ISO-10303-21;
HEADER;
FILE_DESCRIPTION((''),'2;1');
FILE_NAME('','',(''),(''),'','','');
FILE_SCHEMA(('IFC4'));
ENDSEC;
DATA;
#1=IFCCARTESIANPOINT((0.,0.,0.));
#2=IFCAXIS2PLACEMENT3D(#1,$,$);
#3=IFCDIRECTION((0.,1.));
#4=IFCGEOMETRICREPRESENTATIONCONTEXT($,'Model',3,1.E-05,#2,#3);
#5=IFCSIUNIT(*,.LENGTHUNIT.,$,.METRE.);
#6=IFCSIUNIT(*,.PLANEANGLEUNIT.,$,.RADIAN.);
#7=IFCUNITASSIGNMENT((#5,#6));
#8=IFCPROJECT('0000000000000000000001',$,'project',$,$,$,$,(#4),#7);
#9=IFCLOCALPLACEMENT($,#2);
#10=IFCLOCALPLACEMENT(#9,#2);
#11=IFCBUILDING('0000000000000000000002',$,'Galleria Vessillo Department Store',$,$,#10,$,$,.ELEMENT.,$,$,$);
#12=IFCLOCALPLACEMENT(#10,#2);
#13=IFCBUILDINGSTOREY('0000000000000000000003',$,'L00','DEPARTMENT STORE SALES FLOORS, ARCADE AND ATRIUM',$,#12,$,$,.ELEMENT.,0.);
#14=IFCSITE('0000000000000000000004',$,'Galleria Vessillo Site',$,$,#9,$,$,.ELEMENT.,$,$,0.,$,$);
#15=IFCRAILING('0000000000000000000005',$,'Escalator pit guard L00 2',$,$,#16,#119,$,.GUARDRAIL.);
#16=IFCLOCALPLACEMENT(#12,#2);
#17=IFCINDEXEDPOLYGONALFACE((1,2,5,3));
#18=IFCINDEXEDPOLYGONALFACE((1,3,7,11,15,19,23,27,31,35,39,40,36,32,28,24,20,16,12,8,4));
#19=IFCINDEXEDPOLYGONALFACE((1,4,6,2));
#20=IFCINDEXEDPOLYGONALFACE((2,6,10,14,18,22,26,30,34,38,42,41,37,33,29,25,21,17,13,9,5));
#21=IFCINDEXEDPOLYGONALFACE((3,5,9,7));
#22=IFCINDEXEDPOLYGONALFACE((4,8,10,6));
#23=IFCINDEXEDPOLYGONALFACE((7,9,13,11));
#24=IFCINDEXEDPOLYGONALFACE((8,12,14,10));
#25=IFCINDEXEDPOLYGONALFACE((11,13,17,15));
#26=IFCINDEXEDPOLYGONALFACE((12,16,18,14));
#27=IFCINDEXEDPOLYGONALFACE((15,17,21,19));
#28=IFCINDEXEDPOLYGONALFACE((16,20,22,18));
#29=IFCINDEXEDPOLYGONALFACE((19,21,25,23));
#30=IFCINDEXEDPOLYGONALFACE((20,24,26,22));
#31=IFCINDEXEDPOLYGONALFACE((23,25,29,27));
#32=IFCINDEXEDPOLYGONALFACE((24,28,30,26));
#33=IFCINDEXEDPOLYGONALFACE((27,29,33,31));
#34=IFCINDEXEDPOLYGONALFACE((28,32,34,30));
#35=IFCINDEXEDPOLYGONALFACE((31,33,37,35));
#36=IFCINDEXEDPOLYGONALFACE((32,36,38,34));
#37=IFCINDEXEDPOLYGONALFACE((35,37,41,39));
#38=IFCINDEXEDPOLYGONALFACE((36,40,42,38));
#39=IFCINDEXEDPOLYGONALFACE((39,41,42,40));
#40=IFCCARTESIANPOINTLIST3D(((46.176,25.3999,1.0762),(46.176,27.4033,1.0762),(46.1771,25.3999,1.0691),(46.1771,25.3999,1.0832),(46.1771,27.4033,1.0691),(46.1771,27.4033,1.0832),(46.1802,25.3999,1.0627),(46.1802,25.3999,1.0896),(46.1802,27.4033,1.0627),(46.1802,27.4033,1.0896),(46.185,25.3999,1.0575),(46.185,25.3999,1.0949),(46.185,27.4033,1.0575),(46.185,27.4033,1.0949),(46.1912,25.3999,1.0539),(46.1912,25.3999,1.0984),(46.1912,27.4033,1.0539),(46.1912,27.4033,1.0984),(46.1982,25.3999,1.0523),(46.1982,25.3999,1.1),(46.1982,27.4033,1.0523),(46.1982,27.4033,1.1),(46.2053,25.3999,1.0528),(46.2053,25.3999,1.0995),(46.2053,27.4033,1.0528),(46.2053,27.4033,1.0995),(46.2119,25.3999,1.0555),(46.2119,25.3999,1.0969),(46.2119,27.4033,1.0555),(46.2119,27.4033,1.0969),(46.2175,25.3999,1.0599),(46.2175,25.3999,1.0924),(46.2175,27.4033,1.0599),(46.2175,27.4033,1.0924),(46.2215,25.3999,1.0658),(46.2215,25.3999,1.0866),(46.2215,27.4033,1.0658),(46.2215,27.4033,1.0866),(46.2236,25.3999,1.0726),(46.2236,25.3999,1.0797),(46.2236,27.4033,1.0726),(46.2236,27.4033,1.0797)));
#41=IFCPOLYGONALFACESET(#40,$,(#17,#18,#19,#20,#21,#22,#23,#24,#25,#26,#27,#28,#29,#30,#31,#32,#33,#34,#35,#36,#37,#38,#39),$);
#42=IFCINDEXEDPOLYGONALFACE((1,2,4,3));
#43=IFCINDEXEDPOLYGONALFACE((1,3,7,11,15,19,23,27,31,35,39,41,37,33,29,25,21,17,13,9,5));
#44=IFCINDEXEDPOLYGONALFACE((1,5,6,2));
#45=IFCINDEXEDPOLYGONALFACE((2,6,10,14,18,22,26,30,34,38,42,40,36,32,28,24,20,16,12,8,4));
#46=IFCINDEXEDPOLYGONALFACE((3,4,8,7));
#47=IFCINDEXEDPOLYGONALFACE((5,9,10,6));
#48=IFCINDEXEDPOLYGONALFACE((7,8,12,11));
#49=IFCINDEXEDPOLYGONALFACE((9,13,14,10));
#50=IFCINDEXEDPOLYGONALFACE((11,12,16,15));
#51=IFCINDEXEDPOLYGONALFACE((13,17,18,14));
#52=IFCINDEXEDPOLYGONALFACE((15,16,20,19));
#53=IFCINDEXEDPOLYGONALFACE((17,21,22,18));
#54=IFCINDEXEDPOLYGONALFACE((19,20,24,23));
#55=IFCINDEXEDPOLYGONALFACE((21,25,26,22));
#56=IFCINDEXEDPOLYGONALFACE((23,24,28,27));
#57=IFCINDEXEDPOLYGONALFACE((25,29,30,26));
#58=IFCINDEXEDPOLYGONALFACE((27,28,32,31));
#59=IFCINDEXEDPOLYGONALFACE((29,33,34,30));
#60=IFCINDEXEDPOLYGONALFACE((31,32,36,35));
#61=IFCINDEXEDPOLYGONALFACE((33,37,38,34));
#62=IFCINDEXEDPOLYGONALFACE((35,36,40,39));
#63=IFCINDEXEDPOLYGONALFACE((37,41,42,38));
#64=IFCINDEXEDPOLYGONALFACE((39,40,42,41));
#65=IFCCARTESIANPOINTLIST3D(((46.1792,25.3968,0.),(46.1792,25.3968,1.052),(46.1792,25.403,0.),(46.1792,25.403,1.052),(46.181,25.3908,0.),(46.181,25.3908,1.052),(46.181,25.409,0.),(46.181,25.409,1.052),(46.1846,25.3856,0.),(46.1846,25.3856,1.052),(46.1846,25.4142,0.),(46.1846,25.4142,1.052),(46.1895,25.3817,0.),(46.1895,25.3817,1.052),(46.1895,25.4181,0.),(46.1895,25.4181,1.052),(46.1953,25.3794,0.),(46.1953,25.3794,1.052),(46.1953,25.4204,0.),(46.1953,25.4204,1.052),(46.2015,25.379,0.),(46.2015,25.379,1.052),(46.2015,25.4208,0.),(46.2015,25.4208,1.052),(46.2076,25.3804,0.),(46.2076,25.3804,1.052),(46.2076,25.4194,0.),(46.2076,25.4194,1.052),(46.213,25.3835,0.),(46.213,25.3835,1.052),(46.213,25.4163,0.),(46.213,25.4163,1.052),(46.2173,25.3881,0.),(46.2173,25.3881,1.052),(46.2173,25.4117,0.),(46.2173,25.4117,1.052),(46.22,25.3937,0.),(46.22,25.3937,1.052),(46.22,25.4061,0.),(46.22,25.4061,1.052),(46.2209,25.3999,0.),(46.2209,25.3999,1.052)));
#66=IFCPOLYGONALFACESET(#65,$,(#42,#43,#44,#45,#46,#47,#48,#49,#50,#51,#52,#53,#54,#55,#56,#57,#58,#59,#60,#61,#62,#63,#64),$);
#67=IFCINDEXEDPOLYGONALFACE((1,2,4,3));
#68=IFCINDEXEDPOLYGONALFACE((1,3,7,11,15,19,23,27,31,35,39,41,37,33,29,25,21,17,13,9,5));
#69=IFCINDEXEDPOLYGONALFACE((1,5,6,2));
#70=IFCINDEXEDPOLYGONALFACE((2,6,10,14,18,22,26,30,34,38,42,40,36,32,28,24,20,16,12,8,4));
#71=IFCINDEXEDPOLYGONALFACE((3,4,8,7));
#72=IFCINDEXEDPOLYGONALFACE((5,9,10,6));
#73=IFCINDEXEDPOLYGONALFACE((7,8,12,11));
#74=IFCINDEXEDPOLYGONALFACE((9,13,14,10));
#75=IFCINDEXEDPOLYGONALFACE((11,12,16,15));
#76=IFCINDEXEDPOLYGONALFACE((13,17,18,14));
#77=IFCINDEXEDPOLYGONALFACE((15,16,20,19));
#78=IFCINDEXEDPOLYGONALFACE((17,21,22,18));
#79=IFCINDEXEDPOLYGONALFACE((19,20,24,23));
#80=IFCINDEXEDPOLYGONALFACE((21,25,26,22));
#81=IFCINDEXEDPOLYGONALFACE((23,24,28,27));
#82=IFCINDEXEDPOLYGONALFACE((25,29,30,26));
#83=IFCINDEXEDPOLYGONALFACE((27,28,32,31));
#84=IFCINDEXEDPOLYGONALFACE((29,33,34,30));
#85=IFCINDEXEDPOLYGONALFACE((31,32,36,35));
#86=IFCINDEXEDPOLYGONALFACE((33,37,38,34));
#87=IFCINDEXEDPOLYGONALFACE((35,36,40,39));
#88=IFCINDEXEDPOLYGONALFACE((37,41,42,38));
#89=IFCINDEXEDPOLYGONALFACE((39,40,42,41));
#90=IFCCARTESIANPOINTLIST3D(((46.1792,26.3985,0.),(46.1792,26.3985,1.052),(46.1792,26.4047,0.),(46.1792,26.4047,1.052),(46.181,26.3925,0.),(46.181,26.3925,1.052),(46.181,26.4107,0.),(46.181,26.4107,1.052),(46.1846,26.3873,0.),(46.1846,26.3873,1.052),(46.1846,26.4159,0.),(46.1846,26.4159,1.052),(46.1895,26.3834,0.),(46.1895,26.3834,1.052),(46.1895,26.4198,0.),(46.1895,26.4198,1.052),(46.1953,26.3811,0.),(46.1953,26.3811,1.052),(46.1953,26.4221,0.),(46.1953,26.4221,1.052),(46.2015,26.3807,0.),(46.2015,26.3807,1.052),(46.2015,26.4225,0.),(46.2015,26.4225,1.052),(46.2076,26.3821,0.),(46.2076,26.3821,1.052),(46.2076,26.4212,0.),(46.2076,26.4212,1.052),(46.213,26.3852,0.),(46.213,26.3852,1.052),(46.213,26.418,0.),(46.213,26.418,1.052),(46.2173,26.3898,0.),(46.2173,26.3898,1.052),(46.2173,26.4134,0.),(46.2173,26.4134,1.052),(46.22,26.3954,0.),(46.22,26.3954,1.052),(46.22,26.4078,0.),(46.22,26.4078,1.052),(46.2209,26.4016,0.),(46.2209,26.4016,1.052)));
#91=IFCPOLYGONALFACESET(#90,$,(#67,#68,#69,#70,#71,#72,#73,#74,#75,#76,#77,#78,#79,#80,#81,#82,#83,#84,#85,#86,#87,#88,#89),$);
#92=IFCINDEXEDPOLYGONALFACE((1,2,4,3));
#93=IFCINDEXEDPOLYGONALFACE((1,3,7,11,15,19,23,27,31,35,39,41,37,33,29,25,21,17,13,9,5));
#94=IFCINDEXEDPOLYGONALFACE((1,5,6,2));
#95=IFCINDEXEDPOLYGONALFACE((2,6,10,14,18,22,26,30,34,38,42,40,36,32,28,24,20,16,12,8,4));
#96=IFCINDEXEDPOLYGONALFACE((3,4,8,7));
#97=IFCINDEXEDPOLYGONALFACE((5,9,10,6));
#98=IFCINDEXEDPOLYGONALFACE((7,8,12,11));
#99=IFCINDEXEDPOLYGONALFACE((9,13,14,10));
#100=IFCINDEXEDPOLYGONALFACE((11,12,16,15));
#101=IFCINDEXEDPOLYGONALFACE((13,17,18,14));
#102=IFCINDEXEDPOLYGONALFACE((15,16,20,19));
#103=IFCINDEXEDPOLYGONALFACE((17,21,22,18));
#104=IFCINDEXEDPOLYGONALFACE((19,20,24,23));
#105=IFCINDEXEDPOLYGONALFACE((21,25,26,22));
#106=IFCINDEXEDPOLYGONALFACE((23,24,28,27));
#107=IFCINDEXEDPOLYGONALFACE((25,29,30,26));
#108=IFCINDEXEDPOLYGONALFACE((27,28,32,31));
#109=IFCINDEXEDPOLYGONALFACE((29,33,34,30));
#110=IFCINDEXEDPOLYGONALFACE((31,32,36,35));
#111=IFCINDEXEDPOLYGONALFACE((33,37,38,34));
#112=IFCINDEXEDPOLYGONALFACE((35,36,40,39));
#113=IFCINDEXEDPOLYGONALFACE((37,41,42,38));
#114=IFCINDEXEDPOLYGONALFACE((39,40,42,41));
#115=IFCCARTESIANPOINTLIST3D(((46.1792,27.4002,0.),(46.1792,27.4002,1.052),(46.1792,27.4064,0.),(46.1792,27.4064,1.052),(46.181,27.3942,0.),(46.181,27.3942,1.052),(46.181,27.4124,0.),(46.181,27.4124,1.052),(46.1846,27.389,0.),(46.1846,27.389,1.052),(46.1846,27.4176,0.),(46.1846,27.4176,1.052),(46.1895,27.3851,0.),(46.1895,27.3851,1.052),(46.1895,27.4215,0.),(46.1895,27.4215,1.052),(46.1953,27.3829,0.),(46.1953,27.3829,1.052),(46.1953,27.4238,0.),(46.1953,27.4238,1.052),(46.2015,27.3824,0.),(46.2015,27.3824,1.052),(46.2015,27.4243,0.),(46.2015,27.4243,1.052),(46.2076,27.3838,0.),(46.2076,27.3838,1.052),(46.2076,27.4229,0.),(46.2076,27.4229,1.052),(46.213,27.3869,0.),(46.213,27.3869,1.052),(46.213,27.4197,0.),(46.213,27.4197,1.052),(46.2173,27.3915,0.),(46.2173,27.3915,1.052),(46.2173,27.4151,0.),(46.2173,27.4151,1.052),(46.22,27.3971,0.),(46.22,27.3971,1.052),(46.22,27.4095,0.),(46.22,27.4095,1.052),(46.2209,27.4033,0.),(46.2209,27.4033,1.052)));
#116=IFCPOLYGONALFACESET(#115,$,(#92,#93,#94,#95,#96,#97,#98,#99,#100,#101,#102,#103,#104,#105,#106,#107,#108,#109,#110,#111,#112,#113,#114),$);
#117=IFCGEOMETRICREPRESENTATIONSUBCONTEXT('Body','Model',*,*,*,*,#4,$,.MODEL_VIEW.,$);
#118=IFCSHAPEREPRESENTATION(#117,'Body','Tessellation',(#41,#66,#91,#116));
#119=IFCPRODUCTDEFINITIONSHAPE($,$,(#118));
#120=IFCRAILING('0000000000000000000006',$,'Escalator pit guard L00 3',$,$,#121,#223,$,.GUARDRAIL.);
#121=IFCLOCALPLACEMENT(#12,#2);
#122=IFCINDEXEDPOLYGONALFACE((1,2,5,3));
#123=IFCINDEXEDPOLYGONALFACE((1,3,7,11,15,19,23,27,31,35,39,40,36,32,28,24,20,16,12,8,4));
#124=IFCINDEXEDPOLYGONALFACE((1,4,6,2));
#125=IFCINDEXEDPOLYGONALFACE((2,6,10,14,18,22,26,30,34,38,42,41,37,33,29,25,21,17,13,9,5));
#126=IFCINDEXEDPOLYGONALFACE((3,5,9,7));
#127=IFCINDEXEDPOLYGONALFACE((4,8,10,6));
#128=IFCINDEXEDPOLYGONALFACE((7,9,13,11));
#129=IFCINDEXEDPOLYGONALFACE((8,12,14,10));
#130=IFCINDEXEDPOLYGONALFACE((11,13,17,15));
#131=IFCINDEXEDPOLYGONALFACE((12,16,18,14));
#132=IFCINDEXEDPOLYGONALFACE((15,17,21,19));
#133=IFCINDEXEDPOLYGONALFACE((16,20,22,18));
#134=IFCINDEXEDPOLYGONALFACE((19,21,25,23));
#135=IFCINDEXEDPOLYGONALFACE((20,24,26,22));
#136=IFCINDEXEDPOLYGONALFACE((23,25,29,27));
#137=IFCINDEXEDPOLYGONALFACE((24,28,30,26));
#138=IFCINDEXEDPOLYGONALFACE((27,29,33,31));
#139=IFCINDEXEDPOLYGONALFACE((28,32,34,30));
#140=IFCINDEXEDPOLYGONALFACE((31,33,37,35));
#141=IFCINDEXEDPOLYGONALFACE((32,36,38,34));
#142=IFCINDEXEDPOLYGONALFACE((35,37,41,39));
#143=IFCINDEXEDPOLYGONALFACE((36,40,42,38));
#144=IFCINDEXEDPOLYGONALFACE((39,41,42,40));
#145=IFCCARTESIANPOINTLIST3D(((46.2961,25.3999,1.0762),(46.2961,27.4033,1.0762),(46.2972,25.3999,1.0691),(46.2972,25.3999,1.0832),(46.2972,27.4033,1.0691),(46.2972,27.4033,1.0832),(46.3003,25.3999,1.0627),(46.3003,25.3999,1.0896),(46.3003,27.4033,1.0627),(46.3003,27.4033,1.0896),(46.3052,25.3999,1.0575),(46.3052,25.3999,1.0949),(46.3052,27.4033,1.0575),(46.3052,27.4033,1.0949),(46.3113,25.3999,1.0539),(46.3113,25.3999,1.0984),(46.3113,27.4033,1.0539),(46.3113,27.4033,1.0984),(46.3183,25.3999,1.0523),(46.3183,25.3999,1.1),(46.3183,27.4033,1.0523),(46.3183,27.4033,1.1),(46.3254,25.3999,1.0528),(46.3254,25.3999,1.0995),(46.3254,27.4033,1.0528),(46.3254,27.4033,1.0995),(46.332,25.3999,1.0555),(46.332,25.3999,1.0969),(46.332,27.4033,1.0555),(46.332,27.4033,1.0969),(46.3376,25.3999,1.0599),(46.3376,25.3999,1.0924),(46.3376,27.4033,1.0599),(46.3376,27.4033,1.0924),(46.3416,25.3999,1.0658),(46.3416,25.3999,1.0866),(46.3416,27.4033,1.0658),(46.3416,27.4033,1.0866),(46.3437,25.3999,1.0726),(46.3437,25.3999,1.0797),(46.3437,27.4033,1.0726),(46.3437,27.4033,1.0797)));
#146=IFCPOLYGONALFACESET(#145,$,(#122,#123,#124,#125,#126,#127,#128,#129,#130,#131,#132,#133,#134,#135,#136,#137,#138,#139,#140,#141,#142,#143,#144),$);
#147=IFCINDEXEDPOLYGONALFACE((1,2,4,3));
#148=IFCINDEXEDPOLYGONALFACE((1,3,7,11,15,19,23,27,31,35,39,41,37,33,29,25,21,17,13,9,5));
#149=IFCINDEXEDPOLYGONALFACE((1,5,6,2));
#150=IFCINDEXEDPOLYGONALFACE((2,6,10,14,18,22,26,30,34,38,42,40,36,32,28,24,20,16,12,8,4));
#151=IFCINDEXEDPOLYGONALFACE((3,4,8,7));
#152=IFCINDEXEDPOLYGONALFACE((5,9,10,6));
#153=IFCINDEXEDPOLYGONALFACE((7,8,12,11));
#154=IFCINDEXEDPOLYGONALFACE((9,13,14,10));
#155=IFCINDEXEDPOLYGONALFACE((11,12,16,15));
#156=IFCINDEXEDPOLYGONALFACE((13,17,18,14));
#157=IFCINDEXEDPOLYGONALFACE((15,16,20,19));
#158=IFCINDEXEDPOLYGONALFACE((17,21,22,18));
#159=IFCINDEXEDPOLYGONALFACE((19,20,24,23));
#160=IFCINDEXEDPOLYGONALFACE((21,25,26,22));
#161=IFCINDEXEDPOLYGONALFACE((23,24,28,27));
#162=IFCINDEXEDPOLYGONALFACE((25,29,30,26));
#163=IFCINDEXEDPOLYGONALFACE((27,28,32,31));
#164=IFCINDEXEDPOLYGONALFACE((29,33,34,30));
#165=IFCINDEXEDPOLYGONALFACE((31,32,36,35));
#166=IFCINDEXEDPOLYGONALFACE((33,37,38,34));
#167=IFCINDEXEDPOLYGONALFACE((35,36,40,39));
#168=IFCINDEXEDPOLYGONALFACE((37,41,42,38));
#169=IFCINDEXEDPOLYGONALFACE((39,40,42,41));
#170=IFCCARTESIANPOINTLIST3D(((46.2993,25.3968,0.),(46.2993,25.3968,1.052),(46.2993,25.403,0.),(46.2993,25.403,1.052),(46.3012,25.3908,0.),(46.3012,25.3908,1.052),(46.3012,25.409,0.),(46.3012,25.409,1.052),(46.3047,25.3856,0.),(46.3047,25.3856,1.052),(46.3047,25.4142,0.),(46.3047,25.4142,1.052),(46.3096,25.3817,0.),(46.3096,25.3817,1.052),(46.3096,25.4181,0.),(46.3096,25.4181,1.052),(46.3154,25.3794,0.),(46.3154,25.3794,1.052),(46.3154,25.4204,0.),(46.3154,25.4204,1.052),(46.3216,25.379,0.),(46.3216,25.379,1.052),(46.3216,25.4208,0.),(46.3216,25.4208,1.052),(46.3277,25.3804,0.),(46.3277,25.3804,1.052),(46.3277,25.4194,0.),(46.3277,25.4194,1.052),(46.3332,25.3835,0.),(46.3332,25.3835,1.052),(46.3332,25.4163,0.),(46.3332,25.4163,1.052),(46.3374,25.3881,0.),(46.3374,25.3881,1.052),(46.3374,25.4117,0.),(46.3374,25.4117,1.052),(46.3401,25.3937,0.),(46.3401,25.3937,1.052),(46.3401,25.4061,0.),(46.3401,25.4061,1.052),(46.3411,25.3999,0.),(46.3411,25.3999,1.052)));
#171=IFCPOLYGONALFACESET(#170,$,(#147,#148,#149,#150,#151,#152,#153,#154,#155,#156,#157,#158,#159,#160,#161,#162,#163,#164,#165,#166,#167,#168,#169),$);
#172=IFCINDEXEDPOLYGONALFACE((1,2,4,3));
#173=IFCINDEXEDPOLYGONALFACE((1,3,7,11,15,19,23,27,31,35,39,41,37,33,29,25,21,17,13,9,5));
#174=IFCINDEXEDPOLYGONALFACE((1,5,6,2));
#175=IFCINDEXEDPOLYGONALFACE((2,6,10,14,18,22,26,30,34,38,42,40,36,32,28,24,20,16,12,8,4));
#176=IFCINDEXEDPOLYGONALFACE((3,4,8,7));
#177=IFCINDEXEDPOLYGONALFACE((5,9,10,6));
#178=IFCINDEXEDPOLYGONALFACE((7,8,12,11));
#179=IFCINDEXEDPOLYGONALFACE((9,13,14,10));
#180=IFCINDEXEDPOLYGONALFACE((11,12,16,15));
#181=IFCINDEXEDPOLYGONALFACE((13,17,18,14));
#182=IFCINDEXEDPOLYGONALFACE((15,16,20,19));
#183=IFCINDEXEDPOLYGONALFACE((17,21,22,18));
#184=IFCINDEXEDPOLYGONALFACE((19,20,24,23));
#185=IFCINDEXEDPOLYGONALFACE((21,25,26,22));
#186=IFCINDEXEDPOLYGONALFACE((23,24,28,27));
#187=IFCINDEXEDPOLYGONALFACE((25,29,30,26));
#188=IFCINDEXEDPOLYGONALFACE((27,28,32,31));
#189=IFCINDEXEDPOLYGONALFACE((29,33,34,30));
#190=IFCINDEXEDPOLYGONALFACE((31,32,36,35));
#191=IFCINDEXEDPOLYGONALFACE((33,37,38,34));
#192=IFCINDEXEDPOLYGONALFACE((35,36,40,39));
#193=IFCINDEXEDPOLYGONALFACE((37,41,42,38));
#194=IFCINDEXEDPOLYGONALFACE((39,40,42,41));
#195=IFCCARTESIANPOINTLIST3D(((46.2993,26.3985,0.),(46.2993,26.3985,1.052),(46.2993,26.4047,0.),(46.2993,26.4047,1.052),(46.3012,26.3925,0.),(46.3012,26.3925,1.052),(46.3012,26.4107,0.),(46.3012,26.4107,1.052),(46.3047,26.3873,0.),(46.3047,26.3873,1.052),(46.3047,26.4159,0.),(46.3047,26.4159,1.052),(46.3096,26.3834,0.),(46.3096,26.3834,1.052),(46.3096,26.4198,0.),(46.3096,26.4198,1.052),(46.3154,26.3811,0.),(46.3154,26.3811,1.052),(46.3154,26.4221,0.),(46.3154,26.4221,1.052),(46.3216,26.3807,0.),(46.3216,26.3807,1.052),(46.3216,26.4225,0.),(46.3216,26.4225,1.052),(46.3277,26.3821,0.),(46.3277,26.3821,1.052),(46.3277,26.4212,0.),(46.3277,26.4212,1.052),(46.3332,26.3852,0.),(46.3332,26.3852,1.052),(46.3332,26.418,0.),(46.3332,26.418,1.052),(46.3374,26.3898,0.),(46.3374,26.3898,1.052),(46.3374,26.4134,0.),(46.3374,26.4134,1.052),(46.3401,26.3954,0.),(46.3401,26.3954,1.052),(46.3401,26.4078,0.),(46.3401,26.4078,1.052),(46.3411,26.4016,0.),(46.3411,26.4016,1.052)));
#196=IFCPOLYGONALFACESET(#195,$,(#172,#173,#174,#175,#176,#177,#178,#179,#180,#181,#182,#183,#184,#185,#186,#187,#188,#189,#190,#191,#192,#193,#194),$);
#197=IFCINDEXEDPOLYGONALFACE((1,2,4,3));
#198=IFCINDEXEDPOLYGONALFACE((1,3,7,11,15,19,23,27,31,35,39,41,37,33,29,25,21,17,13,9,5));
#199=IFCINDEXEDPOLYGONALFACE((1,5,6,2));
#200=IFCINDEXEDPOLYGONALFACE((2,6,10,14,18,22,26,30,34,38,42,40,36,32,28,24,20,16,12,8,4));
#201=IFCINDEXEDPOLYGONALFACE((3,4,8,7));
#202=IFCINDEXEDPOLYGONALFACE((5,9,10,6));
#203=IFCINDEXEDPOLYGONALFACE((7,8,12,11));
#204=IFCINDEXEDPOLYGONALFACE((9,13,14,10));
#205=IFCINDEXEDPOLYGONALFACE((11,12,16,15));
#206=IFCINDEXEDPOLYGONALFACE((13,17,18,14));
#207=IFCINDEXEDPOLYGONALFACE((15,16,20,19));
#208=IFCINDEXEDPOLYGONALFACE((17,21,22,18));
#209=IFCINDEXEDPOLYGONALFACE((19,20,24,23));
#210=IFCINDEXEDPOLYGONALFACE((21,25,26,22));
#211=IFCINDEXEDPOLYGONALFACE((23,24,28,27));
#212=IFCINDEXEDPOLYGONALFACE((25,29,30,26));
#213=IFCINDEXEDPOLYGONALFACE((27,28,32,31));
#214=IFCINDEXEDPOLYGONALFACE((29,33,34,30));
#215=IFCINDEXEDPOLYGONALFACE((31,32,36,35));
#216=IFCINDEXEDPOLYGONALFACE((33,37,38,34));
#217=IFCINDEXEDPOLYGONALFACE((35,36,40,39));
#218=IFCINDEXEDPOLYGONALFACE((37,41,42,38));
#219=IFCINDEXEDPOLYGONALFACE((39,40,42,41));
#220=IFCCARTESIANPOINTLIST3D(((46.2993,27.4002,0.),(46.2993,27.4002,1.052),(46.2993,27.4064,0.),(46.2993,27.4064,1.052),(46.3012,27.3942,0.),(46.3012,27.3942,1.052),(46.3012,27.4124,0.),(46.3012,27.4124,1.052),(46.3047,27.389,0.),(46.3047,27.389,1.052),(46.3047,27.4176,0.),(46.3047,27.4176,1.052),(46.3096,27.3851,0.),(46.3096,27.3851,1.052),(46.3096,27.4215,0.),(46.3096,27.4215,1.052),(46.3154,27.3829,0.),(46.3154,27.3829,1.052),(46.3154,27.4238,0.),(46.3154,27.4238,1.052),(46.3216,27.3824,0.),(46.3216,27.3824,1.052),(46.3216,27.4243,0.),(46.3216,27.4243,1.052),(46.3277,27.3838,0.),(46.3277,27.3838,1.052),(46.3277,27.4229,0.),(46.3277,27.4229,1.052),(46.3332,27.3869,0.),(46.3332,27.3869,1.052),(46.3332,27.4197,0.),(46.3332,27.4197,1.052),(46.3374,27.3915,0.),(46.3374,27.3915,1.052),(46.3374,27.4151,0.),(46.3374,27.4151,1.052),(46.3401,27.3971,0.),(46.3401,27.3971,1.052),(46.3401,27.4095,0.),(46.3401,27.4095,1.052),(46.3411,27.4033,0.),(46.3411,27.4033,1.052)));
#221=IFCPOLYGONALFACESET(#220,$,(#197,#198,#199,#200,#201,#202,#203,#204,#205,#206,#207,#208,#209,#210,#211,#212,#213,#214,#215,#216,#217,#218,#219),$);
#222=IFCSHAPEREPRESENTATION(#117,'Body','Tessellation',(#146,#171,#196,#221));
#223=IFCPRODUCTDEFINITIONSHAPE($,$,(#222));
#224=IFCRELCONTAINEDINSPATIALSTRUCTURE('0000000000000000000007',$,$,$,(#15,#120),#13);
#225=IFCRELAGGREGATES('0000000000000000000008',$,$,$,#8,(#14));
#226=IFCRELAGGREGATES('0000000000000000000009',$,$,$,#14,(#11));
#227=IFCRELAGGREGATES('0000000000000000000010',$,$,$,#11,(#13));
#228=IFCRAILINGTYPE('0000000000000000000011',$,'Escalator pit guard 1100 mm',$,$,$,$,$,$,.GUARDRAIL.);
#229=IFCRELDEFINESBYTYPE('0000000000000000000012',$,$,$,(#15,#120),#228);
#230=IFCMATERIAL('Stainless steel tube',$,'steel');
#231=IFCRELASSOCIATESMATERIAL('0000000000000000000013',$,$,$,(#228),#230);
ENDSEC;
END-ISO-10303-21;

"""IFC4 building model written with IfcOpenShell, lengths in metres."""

from ifc_helpers import new_model, si_unit, direction, frame, origin, origin_2d, place, context, subcontext, project, spatial, circle, extrude, material, type_object, element, save


model = new_model("IFC4")

# Units and contexts
model_context = context("Model", 3, precision=1e-05, world=origin(), true_north=direction((0.0, 1.0)))
body_context = subcontext(model_context, "Body", "Model", "MODEL_VIEW")
ifc_project = project(units=[si_unit("LENGTHUNIT", "METRE"), si_unit("PLANEANGLEUNIT", "RADIAN")], contexts=[model_context])

# Site, building, storey
site_placement = place(None, origin())
site = spatial("IfcSite", under=ifc_project, at=site_placement, Name="Galleria Vessillo Site", CompositionType="ELEMENT", RefElevation=0.0)
building_placement = place(site_placement, origin())
building = spatial("IfcBuilding", under=site, at=building_placement, Name="Galleria Vessillo Department Store", CompositionType="ELEMENT")
storey_placement = place(building_placement, origin())
storey = spatial("IfcBuildingStorey", under=building, at=storey_placement, Name="L00", Description="DEPARTMENT STORE SALES FLOORS, ARCADE AND ATRIUM", CompositionType="ELEMENT", Elevation=0.0)

# Railings
ifc_material_1 = material(Name="Stainless steel tube", Category="steel")
railing_type_1 = type_object("IfcRailingType", Name="Escalator pit guard 1100 mm", PredefinedType="GUARDRAIL", material=ifc_material_1)
for number, where, name in (
    (1, (46.2, 25.3999, 0.0), "Escalator pit guard L00 2"),
    (2, (46.3201, 25.3999, 0.0), "Escalator pit guard L00 3"),
):
    element("IfcRailing", number, at=place(storey_placement, frame(where)), inside=storey, type_object=railing_type_1, Name=name, PredefinedType="GUARDRAIL", context=body_context, shape_type="SweptSolid", body=[
        extrude(circle(Radius=0.0239, at=origin_2d()), frame((0.0, 0.0, 1.0762), z_axis=(0.0, 1.0, 0.0), x_axis=(-1.0, 0.0, 0.0)), (0.0, 0.0, 1.0), 2.0034),
        extrude(circle(Radius=0.021, at=origin_2d()), origin(), (0.0, 0.0, 1.0), 1.052),
        extrude(circle(Radius=0.021, at=origin_2d()), frame((0.0, 1.0017, 0.0)), (0.0, 0.0, 1.0), 1.052),
        extrude(circle(Radius=0.021, at=origin_2d()), frame((0.0, 2.0034, 0.0)), (0.0, 0.0, 1.0), 1.052),
    ])

save(model, "model.ifc")
